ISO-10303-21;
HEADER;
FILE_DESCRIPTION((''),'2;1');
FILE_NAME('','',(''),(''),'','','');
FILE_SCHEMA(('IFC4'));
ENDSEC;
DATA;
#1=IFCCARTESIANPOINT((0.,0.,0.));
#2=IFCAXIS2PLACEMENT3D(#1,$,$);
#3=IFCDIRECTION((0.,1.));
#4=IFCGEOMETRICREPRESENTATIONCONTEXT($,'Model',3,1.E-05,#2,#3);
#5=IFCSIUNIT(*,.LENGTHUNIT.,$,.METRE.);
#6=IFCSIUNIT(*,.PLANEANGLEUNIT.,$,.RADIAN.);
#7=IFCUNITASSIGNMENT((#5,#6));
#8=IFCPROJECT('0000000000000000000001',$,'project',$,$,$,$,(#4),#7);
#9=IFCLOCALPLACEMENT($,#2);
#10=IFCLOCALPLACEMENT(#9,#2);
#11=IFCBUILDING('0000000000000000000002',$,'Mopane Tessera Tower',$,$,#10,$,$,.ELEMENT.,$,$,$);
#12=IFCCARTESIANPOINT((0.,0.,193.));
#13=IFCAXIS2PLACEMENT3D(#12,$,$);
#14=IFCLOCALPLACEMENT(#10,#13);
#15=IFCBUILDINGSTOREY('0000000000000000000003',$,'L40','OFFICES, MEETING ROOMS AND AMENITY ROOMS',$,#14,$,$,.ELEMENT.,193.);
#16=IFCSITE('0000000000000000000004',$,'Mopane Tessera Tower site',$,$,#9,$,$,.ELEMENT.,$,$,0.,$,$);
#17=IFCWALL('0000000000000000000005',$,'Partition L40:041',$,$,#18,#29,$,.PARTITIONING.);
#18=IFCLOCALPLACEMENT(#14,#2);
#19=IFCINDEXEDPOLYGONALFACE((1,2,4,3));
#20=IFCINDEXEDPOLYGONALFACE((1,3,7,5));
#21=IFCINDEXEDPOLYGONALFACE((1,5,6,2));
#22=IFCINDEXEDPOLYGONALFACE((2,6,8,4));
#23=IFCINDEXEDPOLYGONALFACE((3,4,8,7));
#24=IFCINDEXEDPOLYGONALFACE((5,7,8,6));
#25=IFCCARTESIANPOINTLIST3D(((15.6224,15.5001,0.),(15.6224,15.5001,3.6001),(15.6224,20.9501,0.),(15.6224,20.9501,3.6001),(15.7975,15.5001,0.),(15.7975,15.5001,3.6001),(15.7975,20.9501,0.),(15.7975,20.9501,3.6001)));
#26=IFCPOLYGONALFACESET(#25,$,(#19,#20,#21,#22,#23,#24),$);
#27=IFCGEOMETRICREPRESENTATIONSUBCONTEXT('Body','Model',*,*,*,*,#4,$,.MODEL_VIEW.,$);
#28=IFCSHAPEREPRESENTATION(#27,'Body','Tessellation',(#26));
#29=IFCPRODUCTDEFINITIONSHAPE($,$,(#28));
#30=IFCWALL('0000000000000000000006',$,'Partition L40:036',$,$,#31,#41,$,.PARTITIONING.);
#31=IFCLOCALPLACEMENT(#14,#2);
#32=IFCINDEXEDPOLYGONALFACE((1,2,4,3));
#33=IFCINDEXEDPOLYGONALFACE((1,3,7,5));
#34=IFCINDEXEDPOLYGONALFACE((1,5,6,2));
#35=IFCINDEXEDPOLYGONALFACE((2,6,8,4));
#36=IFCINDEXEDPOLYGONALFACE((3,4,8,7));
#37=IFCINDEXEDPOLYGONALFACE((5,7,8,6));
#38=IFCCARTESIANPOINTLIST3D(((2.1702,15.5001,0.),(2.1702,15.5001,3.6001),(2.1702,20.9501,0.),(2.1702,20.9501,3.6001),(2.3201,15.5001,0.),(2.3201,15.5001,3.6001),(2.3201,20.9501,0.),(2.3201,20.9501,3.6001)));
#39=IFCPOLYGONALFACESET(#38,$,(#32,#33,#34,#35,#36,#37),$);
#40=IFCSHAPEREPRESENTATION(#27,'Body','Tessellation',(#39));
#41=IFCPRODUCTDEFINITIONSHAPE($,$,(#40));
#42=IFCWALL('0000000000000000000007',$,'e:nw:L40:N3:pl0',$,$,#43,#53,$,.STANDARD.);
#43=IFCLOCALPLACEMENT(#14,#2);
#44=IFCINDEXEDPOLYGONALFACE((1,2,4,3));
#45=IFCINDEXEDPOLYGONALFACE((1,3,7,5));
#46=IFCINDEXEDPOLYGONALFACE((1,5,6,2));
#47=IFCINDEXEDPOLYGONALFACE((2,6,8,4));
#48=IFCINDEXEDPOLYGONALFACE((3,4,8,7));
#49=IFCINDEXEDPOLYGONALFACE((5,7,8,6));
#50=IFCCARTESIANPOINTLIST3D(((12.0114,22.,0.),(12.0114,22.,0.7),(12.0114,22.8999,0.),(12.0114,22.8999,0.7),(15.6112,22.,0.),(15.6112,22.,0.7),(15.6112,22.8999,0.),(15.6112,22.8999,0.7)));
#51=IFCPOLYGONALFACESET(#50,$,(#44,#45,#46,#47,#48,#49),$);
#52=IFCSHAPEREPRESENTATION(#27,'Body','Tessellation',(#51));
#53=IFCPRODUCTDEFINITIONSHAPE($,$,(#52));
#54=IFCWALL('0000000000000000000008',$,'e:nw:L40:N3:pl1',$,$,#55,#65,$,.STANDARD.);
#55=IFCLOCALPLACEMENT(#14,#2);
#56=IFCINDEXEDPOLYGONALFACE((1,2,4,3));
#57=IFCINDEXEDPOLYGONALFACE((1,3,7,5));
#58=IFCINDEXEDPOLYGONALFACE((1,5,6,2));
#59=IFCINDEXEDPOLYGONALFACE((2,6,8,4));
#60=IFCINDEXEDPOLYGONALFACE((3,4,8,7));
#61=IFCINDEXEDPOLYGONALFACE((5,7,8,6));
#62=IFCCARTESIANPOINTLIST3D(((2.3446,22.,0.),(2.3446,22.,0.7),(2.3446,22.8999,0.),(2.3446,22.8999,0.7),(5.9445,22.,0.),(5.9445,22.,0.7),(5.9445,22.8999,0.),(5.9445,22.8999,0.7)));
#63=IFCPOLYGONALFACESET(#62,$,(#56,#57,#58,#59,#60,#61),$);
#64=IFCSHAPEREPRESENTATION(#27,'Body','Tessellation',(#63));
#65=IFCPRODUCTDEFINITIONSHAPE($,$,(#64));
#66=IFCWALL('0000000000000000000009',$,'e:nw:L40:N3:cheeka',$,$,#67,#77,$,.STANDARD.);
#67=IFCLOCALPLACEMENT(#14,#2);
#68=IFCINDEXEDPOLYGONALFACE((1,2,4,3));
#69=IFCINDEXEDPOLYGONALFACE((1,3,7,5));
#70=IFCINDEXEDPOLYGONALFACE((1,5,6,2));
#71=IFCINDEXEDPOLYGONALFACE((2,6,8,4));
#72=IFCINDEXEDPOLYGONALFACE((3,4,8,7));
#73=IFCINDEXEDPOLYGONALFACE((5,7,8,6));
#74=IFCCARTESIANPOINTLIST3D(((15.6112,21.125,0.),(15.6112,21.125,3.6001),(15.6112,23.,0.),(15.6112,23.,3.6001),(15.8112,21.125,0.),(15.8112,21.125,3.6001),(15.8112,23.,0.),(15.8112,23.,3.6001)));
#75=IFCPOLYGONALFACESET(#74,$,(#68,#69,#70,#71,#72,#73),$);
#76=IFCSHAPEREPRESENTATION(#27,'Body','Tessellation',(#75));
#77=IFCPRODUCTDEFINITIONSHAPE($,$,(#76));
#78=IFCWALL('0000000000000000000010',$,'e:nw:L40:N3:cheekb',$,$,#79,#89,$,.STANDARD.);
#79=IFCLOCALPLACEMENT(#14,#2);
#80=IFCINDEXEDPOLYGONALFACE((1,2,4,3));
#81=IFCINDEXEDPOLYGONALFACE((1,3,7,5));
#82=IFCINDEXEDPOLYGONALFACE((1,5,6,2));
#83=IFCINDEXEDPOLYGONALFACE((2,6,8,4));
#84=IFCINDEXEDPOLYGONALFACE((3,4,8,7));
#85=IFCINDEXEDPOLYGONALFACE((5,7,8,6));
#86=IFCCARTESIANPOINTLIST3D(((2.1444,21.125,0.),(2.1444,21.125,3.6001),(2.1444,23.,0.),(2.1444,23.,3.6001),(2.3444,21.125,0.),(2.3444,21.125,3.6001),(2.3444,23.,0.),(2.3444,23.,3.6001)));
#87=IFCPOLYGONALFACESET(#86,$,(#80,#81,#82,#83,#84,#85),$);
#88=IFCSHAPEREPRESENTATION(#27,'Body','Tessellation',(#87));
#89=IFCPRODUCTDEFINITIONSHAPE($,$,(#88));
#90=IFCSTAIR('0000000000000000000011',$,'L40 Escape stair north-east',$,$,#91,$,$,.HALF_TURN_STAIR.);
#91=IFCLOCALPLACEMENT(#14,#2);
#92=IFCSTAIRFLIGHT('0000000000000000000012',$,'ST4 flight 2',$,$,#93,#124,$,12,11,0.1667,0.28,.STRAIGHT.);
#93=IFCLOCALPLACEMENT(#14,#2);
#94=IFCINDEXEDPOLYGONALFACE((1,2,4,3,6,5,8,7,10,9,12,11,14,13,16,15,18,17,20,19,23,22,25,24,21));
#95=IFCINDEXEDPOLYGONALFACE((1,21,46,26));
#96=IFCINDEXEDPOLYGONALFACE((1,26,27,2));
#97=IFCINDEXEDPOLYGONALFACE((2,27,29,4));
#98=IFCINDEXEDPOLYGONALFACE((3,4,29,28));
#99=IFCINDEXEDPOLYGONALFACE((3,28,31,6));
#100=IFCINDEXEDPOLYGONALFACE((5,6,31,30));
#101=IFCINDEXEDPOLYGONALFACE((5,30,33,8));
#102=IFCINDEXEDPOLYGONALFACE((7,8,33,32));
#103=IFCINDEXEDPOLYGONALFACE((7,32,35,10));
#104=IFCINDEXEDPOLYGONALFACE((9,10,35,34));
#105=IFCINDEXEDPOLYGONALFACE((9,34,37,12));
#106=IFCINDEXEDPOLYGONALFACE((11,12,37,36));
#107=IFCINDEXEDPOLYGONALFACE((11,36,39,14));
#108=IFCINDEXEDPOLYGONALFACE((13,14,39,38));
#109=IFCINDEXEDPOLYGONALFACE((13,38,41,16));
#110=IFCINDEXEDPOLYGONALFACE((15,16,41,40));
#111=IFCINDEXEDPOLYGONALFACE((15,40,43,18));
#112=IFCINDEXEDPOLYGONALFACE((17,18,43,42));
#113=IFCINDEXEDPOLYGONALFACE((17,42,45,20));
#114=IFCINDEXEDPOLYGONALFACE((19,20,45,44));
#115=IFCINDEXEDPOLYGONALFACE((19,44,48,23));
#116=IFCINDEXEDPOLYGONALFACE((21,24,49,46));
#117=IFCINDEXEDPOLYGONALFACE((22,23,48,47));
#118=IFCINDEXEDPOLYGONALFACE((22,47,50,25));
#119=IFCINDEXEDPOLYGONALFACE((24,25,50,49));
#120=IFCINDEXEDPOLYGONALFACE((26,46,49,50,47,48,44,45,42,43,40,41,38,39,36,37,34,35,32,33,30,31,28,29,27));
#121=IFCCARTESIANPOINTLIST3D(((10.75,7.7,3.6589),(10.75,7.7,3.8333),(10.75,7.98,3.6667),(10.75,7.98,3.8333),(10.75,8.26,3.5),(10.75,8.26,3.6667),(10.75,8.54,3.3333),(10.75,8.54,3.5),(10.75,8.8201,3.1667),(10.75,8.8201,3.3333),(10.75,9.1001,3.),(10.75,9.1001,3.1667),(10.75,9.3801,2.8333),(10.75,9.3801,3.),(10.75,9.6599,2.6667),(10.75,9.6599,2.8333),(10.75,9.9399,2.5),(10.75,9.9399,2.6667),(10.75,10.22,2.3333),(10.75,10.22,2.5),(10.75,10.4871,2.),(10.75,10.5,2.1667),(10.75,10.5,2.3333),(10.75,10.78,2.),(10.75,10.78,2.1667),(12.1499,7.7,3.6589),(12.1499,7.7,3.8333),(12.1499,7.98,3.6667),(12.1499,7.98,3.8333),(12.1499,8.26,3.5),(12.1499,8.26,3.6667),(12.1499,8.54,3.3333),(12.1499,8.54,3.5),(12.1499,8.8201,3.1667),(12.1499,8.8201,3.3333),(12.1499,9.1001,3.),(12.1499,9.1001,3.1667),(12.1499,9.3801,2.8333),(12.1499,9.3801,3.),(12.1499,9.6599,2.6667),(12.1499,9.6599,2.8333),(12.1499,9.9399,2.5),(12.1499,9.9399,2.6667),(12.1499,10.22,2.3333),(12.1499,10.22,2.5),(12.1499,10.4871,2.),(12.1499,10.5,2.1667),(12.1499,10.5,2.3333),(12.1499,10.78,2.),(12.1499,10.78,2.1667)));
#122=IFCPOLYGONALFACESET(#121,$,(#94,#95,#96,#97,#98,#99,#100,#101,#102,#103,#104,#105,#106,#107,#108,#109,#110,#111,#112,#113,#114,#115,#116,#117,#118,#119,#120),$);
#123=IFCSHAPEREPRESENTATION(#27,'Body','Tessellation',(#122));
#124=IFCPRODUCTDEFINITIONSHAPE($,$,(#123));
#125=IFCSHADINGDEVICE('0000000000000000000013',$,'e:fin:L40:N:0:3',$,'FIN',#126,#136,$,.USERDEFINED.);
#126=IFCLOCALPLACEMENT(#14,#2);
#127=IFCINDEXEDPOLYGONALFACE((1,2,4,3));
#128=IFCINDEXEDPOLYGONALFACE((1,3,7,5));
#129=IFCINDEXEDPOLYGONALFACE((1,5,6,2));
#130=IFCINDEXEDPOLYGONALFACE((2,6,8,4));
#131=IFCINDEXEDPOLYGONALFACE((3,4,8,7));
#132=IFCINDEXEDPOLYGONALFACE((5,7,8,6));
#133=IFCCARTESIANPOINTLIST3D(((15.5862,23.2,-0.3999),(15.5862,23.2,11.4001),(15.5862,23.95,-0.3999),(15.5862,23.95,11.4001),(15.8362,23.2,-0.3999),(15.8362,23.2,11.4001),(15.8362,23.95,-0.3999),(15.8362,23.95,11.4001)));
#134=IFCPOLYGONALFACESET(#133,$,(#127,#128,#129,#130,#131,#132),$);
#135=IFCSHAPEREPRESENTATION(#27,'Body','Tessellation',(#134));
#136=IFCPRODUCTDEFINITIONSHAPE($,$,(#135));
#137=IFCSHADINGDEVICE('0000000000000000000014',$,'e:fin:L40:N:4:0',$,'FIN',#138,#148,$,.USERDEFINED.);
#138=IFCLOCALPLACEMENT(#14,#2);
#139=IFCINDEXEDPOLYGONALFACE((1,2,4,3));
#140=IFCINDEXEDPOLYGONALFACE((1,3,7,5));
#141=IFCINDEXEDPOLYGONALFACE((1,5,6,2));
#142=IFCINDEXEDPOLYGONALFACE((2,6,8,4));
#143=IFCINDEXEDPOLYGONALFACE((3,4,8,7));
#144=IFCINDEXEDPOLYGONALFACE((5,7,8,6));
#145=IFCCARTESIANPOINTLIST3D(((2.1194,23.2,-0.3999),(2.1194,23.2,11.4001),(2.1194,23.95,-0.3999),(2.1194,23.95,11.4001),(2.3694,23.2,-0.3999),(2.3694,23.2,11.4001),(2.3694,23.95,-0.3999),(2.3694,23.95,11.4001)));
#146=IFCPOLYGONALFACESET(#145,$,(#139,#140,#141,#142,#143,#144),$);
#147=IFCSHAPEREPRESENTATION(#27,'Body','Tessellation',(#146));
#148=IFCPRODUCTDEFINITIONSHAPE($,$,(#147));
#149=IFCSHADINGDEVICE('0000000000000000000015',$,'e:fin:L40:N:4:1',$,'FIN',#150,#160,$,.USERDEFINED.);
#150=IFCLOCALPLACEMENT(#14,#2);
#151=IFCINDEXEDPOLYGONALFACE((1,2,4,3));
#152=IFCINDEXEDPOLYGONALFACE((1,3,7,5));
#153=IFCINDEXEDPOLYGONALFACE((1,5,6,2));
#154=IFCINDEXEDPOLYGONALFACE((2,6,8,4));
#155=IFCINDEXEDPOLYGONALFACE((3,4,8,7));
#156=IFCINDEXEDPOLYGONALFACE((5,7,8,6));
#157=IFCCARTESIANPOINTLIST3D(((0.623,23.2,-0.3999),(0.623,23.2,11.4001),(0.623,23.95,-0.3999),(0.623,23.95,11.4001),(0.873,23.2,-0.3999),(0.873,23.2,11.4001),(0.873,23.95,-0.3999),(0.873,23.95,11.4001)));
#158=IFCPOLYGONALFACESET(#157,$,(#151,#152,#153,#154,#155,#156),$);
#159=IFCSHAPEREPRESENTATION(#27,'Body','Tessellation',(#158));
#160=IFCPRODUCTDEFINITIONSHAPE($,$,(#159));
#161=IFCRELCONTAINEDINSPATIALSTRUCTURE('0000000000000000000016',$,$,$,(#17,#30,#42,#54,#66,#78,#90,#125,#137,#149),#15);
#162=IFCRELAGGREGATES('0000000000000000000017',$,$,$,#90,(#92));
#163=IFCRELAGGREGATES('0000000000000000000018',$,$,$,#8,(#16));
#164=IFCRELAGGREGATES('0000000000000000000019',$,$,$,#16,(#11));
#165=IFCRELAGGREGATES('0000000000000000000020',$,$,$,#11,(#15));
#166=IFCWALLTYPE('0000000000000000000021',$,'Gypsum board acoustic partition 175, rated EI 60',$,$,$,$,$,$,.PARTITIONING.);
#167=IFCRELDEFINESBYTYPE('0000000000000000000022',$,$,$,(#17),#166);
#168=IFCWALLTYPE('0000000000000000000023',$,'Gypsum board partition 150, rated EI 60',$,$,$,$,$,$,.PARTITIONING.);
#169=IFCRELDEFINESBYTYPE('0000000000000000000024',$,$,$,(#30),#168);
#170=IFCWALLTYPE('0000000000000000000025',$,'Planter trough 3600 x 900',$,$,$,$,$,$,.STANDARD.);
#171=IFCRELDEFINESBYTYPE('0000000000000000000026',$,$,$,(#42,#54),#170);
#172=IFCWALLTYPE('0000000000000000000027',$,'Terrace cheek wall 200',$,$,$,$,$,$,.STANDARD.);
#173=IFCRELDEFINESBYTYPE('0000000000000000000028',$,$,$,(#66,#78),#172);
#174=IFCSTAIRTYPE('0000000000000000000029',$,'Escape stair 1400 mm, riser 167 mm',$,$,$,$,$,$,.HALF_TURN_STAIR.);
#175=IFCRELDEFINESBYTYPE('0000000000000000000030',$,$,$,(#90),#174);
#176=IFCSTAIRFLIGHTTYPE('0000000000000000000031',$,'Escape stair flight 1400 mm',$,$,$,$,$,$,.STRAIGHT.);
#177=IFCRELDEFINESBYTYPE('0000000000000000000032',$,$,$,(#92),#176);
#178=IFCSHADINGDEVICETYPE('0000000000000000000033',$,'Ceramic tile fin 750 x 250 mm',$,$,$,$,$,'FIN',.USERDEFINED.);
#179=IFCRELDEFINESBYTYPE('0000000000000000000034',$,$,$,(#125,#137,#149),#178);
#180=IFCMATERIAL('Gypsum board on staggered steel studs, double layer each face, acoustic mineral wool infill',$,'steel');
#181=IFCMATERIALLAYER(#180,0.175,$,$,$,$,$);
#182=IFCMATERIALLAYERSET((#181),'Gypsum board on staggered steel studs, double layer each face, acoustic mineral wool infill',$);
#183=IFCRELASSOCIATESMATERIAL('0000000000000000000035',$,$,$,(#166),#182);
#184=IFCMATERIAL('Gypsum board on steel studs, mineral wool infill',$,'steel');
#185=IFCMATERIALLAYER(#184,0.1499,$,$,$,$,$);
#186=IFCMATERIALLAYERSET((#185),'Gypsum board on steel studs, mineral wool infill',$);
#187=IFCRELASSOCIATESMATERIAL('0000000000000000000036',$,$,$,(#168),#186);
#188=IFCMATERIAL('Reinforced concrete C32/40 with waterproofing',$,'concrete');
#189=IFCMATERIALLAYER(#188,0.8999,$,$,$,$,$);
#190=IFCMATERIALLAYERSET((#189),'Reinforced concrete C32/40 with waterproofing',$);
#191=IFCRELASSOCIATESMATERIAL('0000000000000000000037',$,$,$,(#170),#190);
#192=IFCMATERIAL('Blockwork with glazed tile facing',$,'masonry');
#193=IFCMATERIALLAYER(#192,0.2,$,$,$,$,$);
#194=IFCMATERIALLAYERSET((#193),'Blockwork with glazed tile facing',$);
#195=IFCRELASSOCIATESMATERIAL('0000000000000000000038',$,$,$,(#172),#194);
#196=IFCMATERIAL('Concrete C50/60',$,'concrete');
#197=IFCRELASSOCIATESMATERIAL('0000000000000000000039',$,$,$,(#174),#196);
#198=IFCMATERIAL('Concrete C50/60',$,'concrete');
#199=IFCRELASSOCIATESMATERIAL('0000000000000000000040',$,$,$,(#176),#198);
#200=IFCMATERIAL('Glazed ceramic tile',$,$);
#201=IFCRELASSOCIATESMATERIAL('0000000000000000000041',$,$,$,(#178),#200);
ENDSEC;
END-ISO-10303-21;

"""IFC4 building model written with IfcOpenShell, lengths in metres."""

from ifc_helpers import new_model, si_unit, direction, frame, frame_2d, origin, origin_2d, place, context, subcontext, project, spatial, polyline, rectangle, outline, extrude, material, layer, layer_set, type_object, element, aggregate, save


model = new_model("IFC4")

# Units and contexts
model_context = context("Model", 3, precision=1e-05, world=origin(), true_north=direction((0.0, 1.0)))
body_context = subcontext(model_context, "Body", "Model", "MODEL_VIEW")
ifc_project = project(units=[si_unit("LENGTHUNIT", "METRE"), si_unit("PLANEANGLEUNIT", "RADIAN")], contexts=[model_context])

# Site, building, storey
site_placement = place(None, origin())
site = spatial("IfcSite", under=ifc_project, at=site_placement, Name="Mopane Tessera Tower site", CompositionType="ELEMENT", RefElevation=0.0)
building_placement = place(site_placement, origin())
building = spatial("IfcBuilding", under=site, at=building_placement, Name="Mopane Tessera Tower", CompositionType="ELEMENT")
storey_placement = place(building_placement, frame((0.0, 0.0, 193.0)))
storey = spatial("IfcBuildingStorey", under=building, at=storey_placement, Name="L40", Description="OFFICES, MEETING ROOMS AND AMENITY ROOMS", CompositionType="ELEMENT", Elevation=193.0)

# Walls
ifc_material_1 = material(Name="Gypsum board on staggered steel studs, double layer each face, acoustic mineral wool infill", Category="steel")
ifc_layer_1 = layer(ifc_material_1, 0.175)
ifc_layer_set_1 = layer_set([ifc_layer_1], Name="Gypsum board on staggered steel studs, double layer each face, acoustic mineral wool infill")
wall_type_1 = type_object("IfcWallType", Name="Gypsum board acoustic partition 175, rated EI 60", PredefinedType="PARTITIONING", material=ifc_layer_set_1)
wall_1_placement = place(storey_placement, frame((15.71, 15.5, 0.0), z_axis=(0.0, 0.0, 1.0), x_axis=(0.0, 1.0, 0.0)))
element("IfcWall", 1, at=wall_1_placement, inside=storey, type_object=wall_type_1, Name="Partition L40:041", PredefinedType="PARTITIONING", context=body_context, shape_type="SweptSolid", body=[
    extrude(rectangle(XDim=5.45, YDim=0.175, at=frame_2d((2.7251, 0.0))), origin(), (0.0, 0.0, 1.0), 3.6001),
])
ifc_material_2 = material(Name="Gypsum board on steel studs, mineral wool infill", Category="steel")
ifc_layer_2 = layer(ifc_material_2, 0.1499)
ifc_layer_set_2 = layer_set([ifc_layer_2], Name="Gypsum board on steel studs, mineral wool infill")
wall_type_2 = type_object("IfcWallType", Name="Gypsum board partition 150, rated EI 60", PredefinedType="PARTITIONING", material=ifc_layer_set_2)
wall_2_placement = place(storey_placement, frame((2.2451, 15.5, 0.0), z_axis=(0.0, 0.0, 1.0), x_axis=(0.0, 1.0, 0.0)))
element("IfcWall", 2, at=wall_2_placement, inside=storey, type_object=wall_type_2, Name="Partition L40:036", PredefinedType="PARTITIONING", context=body_context, shape_type="SweptSolid", body=[
    extrude(rectangle(XDim=5.45, YDim=0.1499, at=frame_2d((2.7251, 0.0))), origin(), (0.0, 0.0, 1.0), 3.6001),
])
ifc_material_3 = material(Name="Reinforced concrete C32/40 with waterproofing", Category="concrete")
ifc_layer_3 = layer(ifc_material_3, 0.8999)
ifc_layer_set_3 = layer_set([ifc_layer_3], Name="Reinforced concrete C32/40 with waterproofing")
wall_type_3 = type_object("IfcWallType", Name="Planter trough 3600 x 900", PredefinedType="STANDARD", material=ifc_layer_set_3)
for number, where, z_axis, x_axis, name in (
    (3, (15.6111, 22.45, 0.0), (0.0, 0.0, 1.0), (-1.0, 0.0, 0.0), "e:nw:L40:N3:pl0"),
    (4, (5.9443, 22.45, 0.0), (0.0, 0.0, 1.0), (-1.0, 0.0, 0.0), "e:nw:L40:N3:pl1"),
):
    element("IfcWall", number, at=place(storey_placement, frame(where, z_axis=z_axis, x_axis=x_axis)), inside=storey, type_object=wall_type_3, Name=name, PredefinedType="STANDARD", context=body_context, shape_type="SweptSolid", body=[
        extrude(rectangle(XDim=3.5999, YDim=0.8999, at=frame_2d((1.7998, 0.0))), origin(), (0.0, 0.0, 1.0), 0.7),
    ])
ifc_material_4 = material(Name="Blockwork with glazed tile facing", Category="masonry")
ifc_layer_4 = layer(ifc_material_4, 0.2)
ifc_layer_set_4 = layer_set([ifc_layer_4], Name="Blockwork with glazed tile facing")
wall_type_4 = type_object("IfcWallType", Name="Terrace cheek wall 200", PredefinedType="STANDARD", material=ifc_layer_set_4)
for number, where, z_axis, x_axis, name in (
    (5, (15.7112, 23.0, 0.0), (0.0, 0.0, 1.0), (0.0, -1.0, 0.0), "e:nw:L40:N3:cheeka"),
    (6, (2.2444, 23.0, 0.0), (0.0, 0.0, 1.0), (0.0, -1.0, 0.0), "e:nw:L40:N3:cheekb"),
):
    element("IfcWall", number, at=place(storey_placement, frame(where, z_axis=z_axis, x_axis=x_axis)), inside=storey, type_object=wall_type_4, Name=name, PredefinedType="STANDARD", context=body_context, shape_type="SweptSolid", body=[
        extrude(rectangle(XDim=1.875, YDim=0.2, at=frame_2d((0.9375, 0.0))), origin(), (0.0, 0.0, 1.0), 3.6001),
    ])

# Stair, stair flight
ifc_material_5 = material(Name="Concrete C50/60", Category="concrete")
stair_type = type_object("IfcStairType", Name="Escape stair 1400 mm, riser 167 mm", PredefinedType="HALF_TURN_STAIR", material=ifc_material_5)
stair_placement = place(storey_placement, origin())
stair = element("IfcStair", 7, at=stair_placement, inside=storey, type_object=stair_type, Name="L40 Escape stair north-east", PredefinedType="HALF_TURN_STAIR")
ifc_material_6 = material(Name="Concrete C50/60", Category="concrete")
stair_flight_type = type_object("IfcStairFlightType", Name="Escape stair flight 1400 mm", PredefinedType="STRAIGHT", material=ifc_material_6)
stair_flight_placement = place(storey_placement, frame((11.45, 10.78, 2.0), z_axis=(0.0, 0.0, 1.0), x_axis=(0.0, -1.0, 0.0)))
stair_flight = element("IfcStairFlight", 8, at=stair_flight_placement, type_object=stair_flight_type, Name="ST4 flight 2", NumberOfRisers=12, NumberOfTreads=11, PredefinedType="STRAIGHT", RiserHeight=0.1667, TreadLength=0.28, context=body_context, shape_type="SweptSolid", body=[
    extrude(outline(polyline([(0.0, 0.0), (0.0, 0.1667), (0.28, 0.1667), (0.28, 0.3333), (0.5601, 0.3333), (0.5601, 0.5), (0.8401, 0.5), (0.8401, 0.6667), (1.1201, 0.6667), (1.1201, 0.8333), (1.3999, 0.8333), (1.3999, 1.0), (1.6799, 1.0), (1.6799, 1.1667), (1.96, 1.1667), (1.96, 1.3333), (2.24, 1.3333), (2.24, 1.5), (2.52, 1.5), (2.52, 1.6667), (2.8, 1.6667), (2.8, 1.8333), (3.0801, 1.8333), (3.0801, 2.0), (3.0801, 1.6589), (0.293, 0.0), (0.0, 0.0)])), frame((0.0, 0.7, 0.0), z_axis=(0.0, -1.0, 0.0), x_axis=(1.0, 0.0, 0.0)), (0.0, 0.0, 1.0), 1.3999),
])
aggregate(stair, [stair_flight])

# Shading devices
ifc_material_7 = material(Name="Glazed ceramic tile")
shading_device_type = type_object("IfcShadingDeviceType", Name="Ceramic tile fin 750 x 250 mm", ElementType="FIN", PredefinedType="USERDEFINED", material=ifc_material_7)
for number, where, z_axis, x_axis, name in (
    (9, (15.7112, 23.575, -0.3999), (0.0, 0.0, 1.0), (-1.0, 0.0, 0.0), "e:fin:L40:N:0:3"),
    (10, (2.2444, 23.575, -0.3999), (0.0, 0.0, 1.0), (-1.0, 0.0, 0.0), "e:fin:L40:N:4:0"),
    (11, (0.748, 23.575, -0.3999), (0.0, 0.0, 1.0), (-1.0, 0.0, 0.0), "e:fin:L40:N:4:1"),
):
    element("IfcShadingDevice", number, at=place(storey_placement, frame(where, z_axis=z_axis, x_axis=x_axis)), inside=storey, type_object=shading_device_type, Name=name, ObjectType="FIN", PredefinedType="USERDEFINED", context=body_context, shape_type="SweptSolid", body=[
        extrude(rectangle(XDim=0.25, YDim=0.75, at=origin_2d()), origin(), (0.0, 0.0, 1.0), 11.8),
    ])

save(model, "model.ifc")
